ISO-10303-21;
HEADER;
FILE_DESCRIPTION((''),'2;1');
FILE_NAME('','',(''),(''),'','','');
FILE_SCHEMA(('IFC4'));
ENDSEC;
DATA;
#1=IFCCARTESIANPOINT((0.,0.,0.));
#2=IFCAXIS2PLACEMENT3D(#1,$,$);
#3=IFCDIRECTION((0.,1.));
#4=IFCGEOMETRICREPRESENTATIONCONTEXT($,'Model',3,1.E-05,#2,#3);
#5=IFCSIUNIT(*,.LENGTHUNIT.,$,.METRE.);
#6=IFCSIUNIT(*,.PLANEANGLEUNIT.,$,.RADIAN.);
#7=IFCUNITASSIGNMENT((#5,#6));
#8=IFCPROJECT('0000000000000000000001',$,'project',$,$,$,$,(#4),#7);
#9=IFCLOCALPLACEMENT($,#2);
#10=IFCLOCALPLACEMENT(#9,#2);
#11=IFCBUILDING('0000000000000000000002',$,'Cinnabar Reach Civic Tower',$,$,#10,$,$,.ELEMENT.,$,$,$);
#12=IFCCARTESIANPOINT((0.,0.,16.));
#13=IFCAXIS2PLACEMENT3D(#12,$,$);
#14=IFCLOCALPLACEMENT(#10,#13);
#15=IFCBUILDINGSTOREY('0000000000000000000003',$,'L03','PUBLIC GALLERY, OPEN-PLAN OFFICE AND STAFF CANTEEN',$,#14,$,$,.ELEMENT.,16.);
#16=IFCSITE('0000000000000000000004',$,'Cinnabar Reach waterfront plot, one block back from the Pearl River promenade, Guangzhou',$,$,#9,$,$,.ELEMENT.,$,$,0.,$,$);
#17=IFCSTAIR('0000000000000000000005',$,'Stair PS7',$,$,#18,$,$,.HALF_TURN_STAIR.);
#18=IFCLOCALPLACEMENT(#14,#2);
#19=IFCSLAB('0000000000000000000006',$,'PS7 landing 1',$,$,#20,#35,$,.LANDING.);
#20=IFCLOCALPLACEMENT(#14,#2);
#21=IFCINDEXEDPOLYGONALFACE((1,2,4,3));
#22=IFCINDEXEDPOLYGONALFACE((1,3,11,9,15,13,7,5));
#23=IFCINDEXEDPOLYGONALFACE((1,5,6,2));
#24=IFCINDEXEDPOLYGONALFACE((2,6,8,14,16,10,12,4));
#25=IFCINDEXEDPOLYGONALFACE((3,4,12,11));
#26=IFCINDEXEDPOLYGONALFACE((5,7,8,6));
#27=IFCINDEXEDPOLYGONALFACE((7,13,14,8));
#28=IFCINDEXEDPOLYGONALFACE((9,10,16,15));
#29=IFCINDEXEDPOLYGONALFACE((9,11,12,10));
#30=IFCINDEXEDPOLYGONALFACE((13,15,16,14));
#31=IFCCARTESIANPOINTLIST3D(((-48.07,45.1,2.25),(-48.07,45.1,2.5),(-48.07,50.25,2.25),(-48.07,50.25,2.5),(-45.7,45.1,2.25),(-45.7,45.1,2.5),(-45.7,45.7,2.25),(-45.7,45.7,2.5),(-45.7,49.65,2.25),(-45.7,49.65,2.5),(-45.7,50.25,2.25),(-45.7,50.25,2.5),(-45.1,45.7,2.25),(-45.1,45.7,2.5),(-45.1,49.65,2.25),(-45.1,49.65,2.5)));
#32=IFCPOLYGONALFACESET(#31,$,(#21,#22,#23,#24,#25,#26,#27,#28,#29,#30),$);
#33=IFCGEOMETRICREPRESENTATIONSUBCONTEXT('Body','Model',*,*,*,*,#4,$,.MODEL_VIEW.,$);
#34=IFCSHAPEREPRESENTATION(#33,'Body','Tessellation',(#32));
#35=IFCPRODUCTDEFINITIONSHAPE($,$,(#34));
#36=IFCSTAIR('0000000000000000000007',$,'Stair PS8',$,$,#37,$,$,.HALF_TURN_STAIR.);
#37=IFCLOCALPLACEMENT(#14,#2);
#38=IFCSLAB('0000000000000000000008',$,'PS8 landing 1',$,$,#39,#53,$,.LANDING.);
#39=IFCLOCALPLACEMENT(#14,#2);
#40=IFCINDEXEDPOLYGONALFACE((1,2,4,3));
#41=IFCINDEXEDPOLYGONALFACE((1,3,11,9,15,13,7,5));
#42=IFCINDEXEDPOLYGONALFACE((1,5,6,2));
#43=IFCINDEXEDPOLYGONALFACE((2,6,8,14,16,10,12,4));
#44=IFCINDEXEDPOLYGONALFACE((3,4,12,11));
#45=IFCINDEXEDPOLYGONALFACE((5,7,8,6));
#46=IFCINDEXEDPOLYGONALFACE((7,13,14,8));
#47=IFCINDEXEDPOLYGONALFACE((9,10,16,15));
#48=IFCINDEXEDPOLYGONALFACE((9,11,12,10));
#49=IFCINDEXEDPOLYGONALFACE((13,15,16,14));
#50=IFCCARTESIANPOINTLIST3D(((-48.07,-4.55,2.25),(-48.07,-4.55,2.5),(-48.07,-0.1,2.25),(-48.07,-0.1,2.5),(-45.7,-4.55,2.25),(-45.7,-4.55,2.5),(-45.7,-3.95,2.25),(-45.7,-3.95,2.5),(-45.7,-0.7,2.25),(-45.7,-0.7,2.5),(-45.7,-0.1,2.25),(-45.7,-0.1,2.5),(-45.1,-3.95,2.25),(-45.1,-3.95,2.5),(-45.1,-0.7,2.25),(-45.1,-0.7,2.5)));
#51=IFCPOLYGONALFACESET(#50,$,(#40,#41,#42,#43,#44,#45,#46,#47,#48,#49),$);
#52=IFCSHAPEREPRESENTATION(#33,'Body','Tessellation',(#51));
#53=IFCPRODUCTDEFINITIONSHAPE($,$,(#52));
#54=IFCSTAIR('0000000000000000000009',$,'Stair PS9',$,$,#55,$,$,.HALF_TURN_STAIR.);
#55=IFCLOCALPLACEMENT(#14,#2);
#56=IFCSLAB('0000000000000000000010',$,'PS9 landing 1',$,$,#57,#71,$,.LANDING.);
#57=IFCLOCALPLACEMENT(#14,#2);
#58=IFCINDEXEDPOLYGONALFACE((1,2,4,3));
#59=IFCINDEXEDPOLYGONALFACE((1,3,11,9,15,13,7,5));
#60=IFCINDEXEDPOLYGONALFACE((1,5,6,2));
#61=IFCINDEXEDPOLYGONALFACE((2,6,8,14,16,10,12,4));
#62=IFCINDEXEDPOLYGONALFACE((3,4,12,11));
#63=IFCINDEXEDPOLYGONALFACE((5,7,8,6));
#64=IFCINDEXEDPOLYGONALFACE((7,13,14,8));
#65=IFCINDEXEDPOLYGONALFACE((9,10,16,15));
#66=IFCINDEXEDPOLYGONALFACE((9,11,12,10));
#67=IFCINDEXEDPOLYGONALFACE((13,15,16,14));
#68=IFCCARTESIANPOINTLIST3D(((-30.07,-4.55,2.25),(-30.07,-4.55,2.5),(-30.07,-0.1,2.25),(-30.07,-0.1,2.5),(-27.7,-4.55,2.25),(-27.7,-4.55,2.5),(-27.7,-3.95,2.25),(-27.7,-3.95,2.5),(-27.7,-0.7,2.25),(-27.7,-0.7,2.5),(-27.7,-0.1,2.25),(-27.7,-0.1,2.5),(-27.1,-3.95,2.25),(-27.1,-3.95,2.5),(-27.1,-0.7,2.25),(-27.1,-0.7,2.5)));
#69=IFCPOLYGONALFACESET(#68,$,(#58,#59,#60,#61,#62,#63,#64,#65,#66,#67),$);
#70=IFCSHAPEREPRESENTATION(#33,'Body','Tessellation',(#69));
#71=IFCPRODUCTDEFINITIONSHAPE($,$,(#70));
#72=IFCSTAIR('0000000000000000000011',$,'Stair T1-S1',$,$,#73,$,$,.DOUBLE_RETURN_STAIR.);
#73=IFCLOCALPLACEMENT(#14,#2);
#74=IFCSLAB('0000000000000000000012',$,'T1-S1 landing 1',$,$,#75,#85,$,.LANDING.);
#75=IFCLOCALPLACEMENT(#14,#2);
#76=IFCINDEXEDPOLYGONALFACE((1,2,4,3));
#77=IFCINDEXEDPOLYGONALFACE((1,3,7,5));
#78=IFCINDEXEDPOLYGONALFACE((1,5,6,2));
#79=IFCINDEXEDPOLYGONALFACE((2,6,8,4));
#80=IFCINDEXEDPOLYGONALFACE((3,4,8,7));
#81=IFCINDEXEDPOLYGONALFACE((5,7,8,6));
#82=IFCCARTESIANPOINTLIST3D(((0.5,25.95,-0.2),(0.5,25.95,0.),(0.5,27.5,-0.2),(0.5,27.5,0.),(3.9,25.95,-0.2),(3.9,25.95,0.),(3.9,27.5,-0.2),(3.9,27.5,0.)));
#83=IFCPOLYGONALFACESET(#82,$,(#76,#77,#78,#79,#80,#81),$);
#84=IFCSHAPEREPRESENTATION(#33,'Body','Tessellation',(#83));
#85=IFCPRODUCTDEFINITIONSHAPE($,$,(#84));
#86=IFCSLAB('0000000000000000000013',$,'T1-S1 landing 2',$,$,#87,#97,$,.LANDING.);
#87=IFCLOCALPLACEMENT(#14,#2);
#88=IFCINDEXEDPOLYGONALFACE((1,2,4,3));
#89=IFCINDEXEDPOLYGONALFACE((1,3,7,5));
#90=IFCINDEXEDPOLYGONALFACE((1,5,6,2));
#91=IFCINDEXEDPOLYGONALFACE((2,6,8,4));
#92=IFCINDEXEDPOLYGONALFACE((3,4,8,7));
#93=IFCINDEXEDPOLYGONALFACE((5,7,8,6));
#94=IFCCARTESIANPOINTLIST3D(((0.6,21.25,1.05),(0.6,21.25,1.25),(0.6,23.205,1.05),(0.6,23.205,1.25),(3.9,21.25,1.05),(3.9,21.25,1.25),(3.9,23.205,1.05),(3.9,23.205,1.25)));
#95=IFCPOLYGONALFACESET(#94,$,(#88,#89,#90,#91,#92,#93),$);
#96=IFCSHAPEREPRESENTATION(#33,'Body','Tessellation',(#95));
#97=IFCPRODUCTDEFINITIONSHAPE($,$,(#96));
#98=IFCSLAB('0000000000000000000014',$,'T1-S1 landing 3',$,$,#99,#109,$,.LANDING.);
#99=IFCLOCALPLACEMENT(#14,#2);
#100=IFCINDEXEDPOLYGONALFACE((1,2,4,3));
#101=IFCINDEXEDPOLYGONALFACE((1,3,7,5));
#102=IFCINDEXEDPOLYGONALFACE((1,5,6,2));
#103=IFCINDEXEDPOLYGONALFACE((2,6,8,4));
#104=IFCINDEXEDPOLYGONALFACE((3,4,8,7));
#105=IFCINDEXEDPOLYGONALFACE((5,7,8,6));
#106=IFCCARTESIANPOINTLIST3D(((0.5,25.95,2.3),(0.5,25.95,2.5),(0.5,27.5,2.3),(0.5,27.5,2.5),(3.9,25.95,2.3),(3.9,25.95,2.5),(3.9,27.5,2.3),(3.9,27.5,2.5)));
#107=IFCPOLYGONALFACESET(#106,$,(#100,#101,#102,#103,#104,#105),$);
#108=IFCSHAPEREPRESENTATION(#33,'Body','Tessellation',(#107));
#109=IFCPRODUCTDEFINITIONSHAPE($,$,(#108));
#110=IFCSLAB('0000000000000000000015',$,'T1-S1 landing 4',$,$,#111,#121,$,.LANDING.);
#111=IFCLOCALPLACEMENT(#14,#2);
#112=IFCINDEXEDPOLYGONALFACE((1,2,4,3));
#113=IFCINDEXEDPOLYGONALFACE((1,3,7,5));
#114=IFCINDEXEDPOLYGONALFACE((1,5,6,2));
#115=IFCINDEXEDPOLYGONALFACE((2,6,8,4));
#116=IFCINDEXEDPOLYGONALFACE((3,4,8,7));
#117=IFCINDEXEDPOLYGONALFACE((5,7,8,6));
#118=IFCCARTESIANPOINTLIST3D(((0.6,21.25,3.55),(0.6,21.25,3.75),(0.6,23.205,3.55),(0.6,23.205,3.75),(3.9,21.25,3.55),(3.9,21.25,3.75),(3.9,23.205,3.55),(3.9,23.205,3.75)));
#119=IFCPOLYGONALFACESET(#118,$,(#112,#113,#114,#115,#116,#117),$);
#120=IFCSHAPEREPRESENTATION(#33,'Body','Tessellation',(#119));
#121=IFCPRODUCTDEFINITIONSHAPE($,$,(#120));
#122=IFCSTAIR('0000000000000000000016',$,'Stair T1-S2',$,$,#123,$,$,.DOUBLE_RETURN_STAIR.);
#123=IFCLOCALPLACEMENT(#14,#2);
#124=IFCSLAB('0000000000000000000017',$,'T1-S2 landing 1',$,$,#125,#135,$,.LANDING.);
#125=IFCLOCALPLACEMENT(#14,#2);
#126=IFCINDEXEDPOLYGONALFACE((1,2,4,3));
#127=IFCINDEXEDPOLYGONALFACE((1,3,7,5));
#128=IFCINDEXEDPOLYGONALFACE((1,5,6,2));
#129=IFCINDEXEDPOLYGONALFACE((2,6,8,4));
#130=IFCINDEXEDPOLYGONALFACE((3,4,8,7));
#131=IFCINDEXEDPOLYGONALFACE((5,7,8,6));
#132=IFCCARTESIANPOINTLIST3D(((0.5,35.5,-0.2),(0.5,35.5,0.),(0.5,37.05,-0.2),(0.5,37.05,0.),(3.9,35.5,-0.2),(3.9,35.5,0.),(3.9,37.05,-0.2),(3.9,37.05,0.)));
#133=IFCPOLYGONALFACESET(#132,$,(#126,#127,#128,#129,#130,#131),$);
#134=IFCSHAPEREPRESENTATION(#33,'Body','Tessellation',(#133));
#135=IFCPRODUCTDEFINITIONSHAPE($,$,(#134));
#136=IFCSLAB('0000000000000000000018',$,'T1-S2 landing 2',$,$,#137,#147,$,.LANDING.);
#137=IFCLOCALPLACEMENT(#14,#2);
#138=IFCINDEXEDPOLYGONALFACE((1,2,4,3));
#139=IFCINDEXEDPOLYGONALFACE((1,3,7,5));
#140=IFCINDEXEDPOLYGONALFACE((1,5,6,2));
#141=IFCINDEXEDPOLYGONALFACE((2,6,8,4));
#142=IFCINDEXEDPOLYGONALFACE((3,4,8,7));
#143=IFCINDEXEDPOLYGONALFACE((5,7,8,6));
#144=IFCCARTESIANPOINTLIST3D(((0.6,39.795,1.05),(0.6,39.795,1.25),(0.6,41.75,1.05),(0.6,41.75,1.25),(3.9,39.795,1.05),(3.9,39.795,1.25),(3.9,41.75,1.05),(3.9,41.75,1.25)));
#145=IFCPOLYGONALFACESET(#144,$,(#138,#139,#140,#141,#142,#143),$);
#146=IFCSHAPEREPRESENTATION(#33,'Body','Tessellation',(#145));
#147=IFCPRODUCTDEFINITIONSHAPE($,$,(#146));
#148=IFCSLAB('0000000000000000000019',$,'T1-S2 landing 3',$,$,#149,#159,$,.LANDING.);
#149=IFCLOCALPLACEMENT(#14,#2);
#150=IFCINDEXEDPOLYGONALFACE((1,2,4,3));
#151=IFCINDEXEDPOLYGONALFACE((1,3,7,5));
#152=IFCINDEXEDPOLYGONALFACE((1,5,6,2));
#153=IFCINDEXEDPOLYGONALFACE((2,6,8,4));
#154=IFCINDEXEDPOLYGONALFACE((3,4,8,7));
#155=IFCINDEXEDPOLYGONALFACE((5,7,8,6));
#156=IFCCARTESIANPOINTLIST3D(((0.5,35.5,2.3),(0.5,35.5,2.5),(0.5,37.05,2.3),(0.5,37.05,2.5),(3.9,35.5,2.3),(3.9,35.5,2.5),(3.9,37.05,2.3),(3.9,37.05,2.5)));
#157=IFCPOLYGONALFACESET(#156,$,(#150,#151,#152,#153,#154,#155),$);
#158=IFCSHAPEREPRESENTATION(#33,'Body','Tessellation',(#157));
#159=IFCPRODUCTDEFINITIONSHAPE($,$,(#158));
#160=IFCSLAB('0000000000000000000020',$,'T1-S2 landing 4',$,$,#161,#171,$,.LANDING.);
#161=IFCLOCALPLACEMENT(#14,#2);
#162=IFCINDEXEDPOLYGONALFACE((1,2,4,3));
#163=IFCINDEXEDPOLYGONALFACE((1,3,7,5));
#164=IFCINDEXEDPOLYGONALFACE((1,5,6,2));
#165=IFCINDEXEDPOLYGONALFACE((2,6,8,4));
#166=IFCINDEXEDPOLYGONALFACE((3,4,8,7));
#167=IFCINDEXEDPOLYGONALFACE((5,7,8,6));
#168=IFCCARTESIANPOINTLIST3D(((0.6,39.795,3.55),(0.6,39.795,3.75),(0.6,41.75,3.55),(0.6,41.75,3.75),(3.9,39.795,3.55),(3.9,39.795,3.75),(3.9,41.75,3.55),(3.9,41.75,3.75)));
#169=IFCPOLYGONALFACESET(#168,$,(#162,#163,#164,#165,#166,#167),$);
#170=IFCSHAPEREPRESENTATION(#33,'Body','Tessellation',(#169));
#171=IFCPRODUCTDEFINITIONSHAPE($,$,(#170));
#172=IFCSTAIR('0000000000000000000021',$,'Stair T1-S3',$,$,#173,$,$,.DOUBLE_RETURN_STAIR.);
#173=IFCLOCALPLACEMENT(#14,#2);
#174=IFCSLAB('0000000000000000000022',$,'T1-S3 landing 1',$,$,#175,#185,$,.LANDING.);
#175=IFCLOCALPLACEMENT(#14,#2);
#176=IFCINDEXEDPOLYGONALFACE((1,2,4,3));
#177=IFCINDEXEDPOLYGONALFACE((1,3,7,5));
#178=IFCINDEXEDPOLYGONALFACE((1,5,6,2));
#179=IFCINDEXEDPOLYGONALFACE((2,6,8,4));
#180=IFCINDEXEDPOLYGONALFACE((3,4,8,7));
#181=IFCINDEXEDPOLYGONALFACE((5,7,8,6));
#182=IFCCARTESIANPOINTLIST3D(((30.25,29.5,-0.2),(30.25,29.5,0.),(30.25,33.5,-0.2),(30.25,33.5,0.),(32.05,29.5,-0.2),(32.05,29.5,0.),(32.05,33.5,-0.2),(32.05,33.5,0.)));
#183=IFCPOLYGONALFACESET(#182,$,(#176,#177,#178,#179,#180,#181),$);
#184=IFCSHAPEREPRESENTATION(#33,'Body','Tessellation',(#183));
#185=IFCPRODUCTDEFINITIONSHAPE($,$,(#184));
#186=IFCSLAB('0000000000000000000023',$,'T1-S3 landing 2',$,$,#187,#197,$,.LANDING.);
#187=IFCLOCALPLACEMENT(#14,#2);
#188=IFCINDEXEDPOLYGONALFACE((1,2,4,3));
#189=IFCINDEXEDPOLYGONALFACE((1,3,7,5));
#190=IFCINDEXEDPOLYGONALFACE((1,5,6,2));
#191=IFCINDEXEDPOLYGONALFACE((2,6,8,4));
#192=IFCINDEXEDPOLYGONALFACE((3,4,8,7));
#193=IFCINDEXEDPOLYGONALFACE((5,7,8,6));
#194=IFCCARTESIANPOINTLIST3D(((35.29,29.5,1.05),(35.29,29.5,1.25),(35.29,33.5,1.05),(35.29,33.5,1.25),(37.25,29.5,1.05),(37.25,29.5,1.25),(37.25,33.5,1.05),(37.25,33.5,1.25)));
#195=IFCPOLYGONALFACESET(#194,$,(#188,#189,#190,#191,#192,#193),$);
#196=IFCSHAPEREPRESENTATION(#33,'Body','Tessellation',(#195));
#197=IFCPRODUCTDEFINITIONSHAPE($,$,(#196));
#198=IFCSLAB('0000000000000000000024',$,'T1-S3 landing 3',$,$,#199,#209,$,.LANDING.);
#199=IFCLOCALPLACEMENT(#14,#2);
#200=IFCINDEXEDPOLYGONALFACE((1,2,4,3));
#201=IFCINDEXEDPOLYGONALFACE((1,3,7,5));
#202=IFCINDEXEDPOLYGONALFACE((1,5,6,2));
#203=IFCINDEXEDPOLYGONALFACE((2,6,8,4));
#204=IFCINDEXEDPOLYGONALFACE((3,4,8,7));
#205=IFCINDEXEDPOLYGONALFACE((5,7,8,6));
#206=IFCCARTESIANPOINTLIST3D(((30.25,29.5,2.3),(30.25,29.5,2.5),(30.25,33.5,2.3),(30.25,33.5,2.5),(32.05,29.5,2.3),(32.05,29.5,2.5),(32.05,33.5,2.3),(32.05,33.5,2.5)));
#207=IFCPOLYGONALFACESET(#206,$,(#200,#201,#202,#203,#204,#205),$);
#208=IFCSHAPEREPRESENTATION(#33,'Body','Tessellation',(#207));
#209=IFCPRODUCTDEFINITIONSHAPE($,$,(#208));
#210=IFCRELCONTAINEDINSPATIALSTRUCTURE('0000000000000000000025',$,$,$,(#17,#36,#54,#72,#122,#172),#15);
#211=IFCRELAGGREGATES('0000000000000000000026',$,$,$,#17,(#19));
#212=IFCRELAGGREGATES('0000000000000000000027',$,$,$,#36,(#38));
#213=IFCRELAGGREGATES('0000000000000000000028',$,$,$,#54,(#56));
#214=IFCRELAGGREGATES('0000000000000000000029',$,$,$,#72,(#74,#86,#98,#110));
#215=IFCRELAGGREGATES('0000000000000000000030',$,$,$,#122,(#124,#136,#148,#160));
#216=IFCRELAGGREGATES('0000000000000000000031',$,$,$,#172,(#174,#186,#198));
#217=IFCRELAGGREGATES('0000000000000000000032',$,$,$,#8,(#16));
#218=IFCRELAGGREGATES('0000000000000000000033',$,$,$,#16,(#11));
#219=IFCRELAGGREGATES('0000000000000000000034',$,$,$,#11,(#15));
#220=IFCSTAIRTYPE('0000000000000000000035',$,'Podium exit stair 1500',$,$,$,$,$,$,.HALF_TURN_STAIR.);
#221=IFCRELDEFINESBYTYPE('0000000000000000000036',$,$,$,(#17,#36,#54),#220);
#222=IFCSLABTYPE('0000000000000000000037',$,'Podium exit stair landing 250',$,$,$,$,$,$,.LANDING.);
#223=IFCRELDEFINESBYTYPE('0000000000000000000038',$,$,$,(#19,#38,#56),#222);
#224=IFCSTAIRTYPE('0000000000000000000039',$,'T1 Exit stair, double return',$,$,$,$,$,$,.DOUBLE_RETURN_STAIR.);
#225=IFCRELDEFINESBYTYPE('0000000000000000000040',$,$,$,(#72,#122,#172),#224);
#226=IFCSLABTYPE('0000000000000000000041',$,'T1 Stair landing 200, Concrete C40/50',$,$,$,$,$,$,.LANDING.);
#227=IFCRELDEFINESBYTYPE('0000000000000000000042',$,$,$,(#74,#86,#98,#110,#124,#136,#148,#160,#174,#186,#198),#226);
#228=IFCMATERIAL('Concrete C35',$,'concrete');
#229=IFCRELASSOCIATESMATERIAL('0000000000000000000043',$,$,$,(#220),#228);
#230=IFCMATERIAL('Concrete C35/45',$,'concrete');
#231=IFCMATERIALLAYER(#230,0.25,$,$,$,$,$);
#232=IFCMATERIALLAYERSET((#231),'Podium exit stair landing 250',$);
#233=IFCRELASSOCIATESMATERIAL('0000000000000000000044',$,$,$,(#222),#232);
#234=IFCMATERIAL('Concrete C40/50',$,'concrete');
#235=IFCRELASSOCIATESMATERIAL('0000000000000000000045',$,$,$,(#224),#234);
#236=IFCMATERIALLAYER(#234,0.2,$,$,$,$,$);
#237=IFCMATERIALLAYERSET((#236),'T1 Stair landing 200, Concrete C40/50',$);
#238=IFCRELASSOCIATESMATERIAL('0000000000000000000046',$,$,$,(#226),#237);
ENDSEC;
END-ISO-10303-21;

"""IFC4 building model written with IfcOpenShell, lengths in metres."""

from ifc_helpers import new_model, si_unit, direction, frame, origin, place, context, subcontext, project, spatial, polyline, outline, extrude, material, layer, layer_set, type_object, element, aggregate, save


model = new_model("IFC4")

# Units and contexts
model_context = context("Model", 3, precision=1e-05, world=origin(), true_north=direction((0.0, 1.0)))
body_context = subcontext(model_context, "Body", "Model", "MODEL_VIEW")
ifc_project = project(units=[si_unit("LENGTHUNIT", "METRE"), si_unit("PLANEANGLEUNIT", "RADIAN")], contexts=[model_context])

# Site, building, storey
site_placement = place(None, origin())
site = spatial("IfcSite", under=ifc_project, at=site_placement, Name="Cinnabar Reach waterfront plot, one block back from the Pearl River promenade, Guangzhou", CompositionType="ELEMENT", RefElevation=0.0)
building_placement = place(site_placement, origin())
building = spatial("IfcBuilding", under=site, at=building_placement, Name="Cinnabar Reach Civic Tower", CompositionType="ELEMENT")
storey_placement = place(building_placement, frame((0.0, 0.0, 16.0)))
storey = spatial("IfcBuildingStorey", under=building, at=storey_placement, Name="L03", Description="PUBLIC GALLERY, OPEN-PLAN OFFICE AND STAFF CANTEEN", CompositionType="ELEMENT", Elevation=16.0)

# Stairs, slabs
ifc_material_1 = material(Name="Concrete C35", Category="concrete")
stair_type_1 = type_object("IfcStairType", Name="Podium exit stair 1500", PredefinedType="HALF_TURN_STAIR", material=ifc_material_1)
stair_1_placement = place(storey_placement, origin())
stair_1 = element("IfcStair", 1, at=stair_1_placement, inside=storey, type_object=stair_type_1, Name="Stair PS7", PredefinedType="HALF_TURN_STAIR")
ifc_material_2 = material(Name="Concrete C35/45", Category="concrete")
ifc_layer_1 = layer(ifc_material_2, 0.25)
ifc_layer_set_1 = layer_set([ifc_layer_1], Name="Podium exit stair landing 250")
slab_type_1 = type_object("IfcSlabType", Name="Podium exit stair landing 250", PredefinedType="LANDING", material=ifc_layer_set_1)
slab_1_placement = place(storey_placement, frame((0.0, 0.0, 2.25)))
slab_1 = element("IfcSlab", 2, at=slab_1_placement, type_object=slab_type_1, Name="PS7 landing 1", PredefinedType="LANDING", context=body_context, shape_type="SweptSolid", body=[
    extrude(outline(polyline([(-45.1, 45.7), (-45.7, 45.7), (-45.7, 45.1), (-48.07, 45.1), (-48.07, 50.25), (-45.7, 50.25), (-45.7, 49.65), (-45.1, 49.65), (-45.1, 45.7)])), origin(), (0.0, 0.0, 1.0), 0.25),
])
aggregate(stair_1, [slab_1])
stair_2_placement = place(storey_placement, origin())
stair_2 = element("IfcStair", 3, at=stair_2_placement, inside=storey, type_object=stair_type_1, Name="Stair PS8", PredefinedType="HALF_TURN_STAIR")
slab_2_placement = place(storey_placement, frame((0.0, 0.0, 2.25)))
slab_2 = element("IfcSlab", 4, at=slab_2_placement, type_object=slab_type_1, Name="PS8 landing 1", PredefinedType="LANDING", context=body_context, shape_type="SweptSolid", body=[
    extrude(outline(polyline([(-45.1, -3.95), (-45.7, -3.95), (-45.7, -4.55), (-48.07, -4.55), (-48.07, -0.1), (-45.7, -0.1), (-45.7, -0.7), (-45.1, -0.7), (-45.1, -3.95)])), origin(), (0.0, 0.0, 1.0), 0.25),
])
aggregate(stair_2, [slab_2])
stair_3_placement = place(storey_placement, origin())
stair_3 = element("IfcStair", 5, at=stair_3_placement, inside=storey, type_object=stair_type_1, Name="Stair PS9", PredefinedType="HALF_TURN_STAIR")
slab_3_placement = place(storey_placement, frame((0.0, 0.0, 2.25)))
slab_3 = element("IfcSlab", 6, at=slab_3_placement, type_object=slab_type_1, Name="PS9 landing 1", PredefinedType="LANDING", context=body_context, shape_type="SweptSolid", body=[
    extrude(outline(polyline([(-27.1, -3.95), (-27.7, -3.95), (-27.7, -4.55), (-30.07, -4.55), (-30.07, -0.1), (-27.7, -0.1), (-27.7, -0.7), (-27.1, -0.7), (-27.1, -3.95)])), origin(), (0.0, 0.0, 1.0), 0.25),
])
aggregate(stair_3, [slab_3])

# Stairs, slabs
ifc_material_3 = material(Name="Concrete C40/50", Category="concrete")
stair_type_2 = type_object("IfcStairType", Name="T1 Exit stair, double return", PredefinedType="DOUBLE_RETURN_STAIR", material=ifc_material_3)
stair_4_placement = place(storey_placement, origin())
stair_4 = element("IfcStair", 7, at=stair_4_placement, inside=storey, type_object=stair_type_2, Name="Stair T1-S1", PredefinedType="DOUBLE_RETURN_STAIR")
ifc_layer_2 = layer(ifc_material_3, 0.2)
ifc_layer_set_2 = layer_set([ifc_layer_2], Name="T1 Stair landing 200, Concrete C40/50")
slab_type_2 = type_object("IfcSlabType", Name="T1 Stair landing 200, Concrete C40/50", PredefinedType="LANDING", material=ifc_layer_set_2)
slab_4_placement = place(storey_placement, frame((0.0, 0.0, -0.2)))
slab_4 = element("IfcSlab", 8, at=slab_4_placement, type_object=slab_type_2, Name="T1-S1 landing 1", PredefinedType="LANDING", context=body_context, shape_type="SweptSolid", body=[
    extrude(outline(polyline([(3.9, 25.95), (3.9, 27.5), (0.5, 27.5), (0.5, 25.95), (3.9, 25.95)])), origin(), (0.0, 0.0, 1.0), 0.2),
])
slab_5_placement = place(storey_placement, frame((0.0, 0.0, 1.05)))
slab_5 = element("IfcSlab", 9, at=slab_5_placement, type_object=slab_type_2, Name="T1-S1 landing 2", PredefinedType="LANDING", context=body_context, shape_type="SweptSolid", body=[
    extrude(outline(polyline([(3.9, 21.25), (3.9, 23.205), (0.6, 23.205), (0.6, 21.25), (3.9, 21.25)])), origin(), (0.0, 0.0, 1.0), 0.2),
])
slab_6_placement = place(storey_placement, frame((0.0, 0.0, 2.3)))
slab_6 = element("IfcSlab", 10, at=slab_6_placement, type_object=slab_type_2, Name="T1-S1 landing 3", PredefinedType="LANDING", context=body_context, shape_type="SweptSolid", body=[
    extrude(outline(polyline([(3.9, 25.95), (3.9, 27.5), (0.5, 27.5), (0.5, 25.95), (3.9, 25.95)])), origin(), (0.0, 0.0, 1.0), 0.2),
])
slab_7_placement = place(storey_placement, frame((0.0, 0.0, 3.55)))
slab_7 = element("IfcSlab", 11, at=slab_7_placement, type_object=slab_type_2, Name="T1-S1 landing 4", PredefinedType="LANDING", context=body_context, shape_type="SweptSolid", body=[
    extrude(outline(polyline([(3.9, 21.25), (3.9, 23.205), (0.6, 23.205), (0.6, 21.25), (3.9, 21.25)])), origin(), (0.0, 0.0, 1.0), 0.2),
])
aggregate(stair_4, [slab_4, slab_5, slab_6, slab_7])
stair_5_placement = place(storey_placement, origin())
stair_5 = element("IfcStair", 12, at=stair_5_placement, inside=storey, type_object=stair_type_2, Name="Stair T1-S2", PredefinedType="DOUBLE_RETURN_STAIR")
slab_8_placement = place(storey_placement, frame((0.0, 0.0, -0.2)))
slab_8 = element("IfcSlab", 13, at=slab_8_placement, type_object=slab_type_2, Name="T1-S2 landing 1", PredefinedType="LANDING", context=body_context, shape_type="SweptSolid", body=[
    extrude(outline(polyline([(3.9, 35.5), (3.9, 37.05), (0.5, 37.05), (0.5, 35.5), (3.9, 35.5)])), origin(), (0.0, 0.0, 1.0), 0.2),
])
slab_9_placement = place(storey_placement, frame((0.0, 0.0, 1.05)))
slab_9 = element("IfcSlab", 14, at=slab_9_placement, type_object=slab_type_2, Name="T1-S2 landing 2", PredefinedType="LANDING", context=body_context, shape_type="SweptSolid", body=[
    extrude(outline(polyline([(3.9, 39.795), (3.9, 41.75), (0.6, 41.75), (0.6, 39.795), (3.9, 39.795)])), origin(), (0.0, 0.0, 1.0), 0.2),
])
slab_10_placement = place(storey_placement, frame((0.0, 0.0, 2.3)))
slab_10 = element("IfcSlab", 15, at=slab_10_placement, type_object=slab_type_2, Name="T1-S2 landing 3", PredefinedType="LANDING", context=body_context, shape_type="SweptSolid", body=[
    extrude(outline(polyline([(3.9, 35.5), (3.9, 37.05), (0.5, 37.05), (0.5, 35.5), (3.9, 35.5)])), origin(), (0.0, 0.0, 1.0), 0.2),
])
slab_11_placement = place(storey_placement, frame((0.0, 0.0, 3.55)))
slab_11 = element("IfcSlab", 16, at=slab_11_placement, type_object=slab_type_2, Name="T1-S2 landing 4", PredefinedType="LANDING", context=body_context, shape_type="SweptSolid", body=[
    extrude(outline(polyline([(3.9, 39.795), (3.9, 41.75), (0.6, 41.75), (0.6, 39.795), (3.9, 39.795)])), origin(), (0.0, 0.0, 1.0), 0.2),
])
aggregate(stair_5, [slab_8, slab_9, slab_10, slab_11])
stair_6_placement = place(storey_placement, origin())
stair_6 = element("IfcStair", 17, at=stair_6_placement, inside=storey, type_object=stair_type_2, Name="Stair T1-S3", PredefinedType="DOUBLE_RETURN_STAIR")
slab_12_placement = place(storey_placement, frame((0.0, 0.0, -0.2)))
slab_12 = element("IfcSlab", 18, at=slab_12_placement, type_object=slab_type_2, Name="T1-S3 landing 1", PredefinedType="LANDING", context=body_context, shape_type="SweptSolid", body=[
    extrude(outline(polyline([(30.25, 29.5), (32.05, 29.5), (32.05, 33.5), (30.25, 33.5), (30.25, 29.5)])), origin(), (0.0, 0.0, 1.0), 0.2),
])
slab_13_placement = place(storey_placement, frame((0.0, 0.0, 1.05)))
slab_13 = element("IfcSlab", 19, at=slab_13_placement, type_object=slab_type_2, Name="T1-S3 landing 2", PredefinedType="LANDING", context=body_context, shape_type="SweptSolid", body=[
    extrude(outline(polyline([(35.29, 29.5), (37.25, 29.5), (37.25, 33.5), (35.29, 33.5), (35.29, 29.5)])), origin(), (0.0, 0.0, 1.0), 0.2),
])
slab_14_placement = place(storey_placement, frame((0.0, 0.0, 2.3)))
slab_14 = element("IfcSlab", 20, at=slab_14_placement, type_object=slab_type_2, Name="T1-S3 landing 3", PredefinedType="LANDING", context=body_context, shape_type="SweptSolid", body=[
    extrude(outline(polyline([(30.25, 29.5), (32.05, 29.5), (32.05, 33.5), (30.25, 33.5), (30.25, 29.5)])), origin(), (0.0, 0.0, 1.0), 0.2),
])
aggregate(stair_6, [slab_12, slab_13, slab_14])

save(model, "model.ifc")
